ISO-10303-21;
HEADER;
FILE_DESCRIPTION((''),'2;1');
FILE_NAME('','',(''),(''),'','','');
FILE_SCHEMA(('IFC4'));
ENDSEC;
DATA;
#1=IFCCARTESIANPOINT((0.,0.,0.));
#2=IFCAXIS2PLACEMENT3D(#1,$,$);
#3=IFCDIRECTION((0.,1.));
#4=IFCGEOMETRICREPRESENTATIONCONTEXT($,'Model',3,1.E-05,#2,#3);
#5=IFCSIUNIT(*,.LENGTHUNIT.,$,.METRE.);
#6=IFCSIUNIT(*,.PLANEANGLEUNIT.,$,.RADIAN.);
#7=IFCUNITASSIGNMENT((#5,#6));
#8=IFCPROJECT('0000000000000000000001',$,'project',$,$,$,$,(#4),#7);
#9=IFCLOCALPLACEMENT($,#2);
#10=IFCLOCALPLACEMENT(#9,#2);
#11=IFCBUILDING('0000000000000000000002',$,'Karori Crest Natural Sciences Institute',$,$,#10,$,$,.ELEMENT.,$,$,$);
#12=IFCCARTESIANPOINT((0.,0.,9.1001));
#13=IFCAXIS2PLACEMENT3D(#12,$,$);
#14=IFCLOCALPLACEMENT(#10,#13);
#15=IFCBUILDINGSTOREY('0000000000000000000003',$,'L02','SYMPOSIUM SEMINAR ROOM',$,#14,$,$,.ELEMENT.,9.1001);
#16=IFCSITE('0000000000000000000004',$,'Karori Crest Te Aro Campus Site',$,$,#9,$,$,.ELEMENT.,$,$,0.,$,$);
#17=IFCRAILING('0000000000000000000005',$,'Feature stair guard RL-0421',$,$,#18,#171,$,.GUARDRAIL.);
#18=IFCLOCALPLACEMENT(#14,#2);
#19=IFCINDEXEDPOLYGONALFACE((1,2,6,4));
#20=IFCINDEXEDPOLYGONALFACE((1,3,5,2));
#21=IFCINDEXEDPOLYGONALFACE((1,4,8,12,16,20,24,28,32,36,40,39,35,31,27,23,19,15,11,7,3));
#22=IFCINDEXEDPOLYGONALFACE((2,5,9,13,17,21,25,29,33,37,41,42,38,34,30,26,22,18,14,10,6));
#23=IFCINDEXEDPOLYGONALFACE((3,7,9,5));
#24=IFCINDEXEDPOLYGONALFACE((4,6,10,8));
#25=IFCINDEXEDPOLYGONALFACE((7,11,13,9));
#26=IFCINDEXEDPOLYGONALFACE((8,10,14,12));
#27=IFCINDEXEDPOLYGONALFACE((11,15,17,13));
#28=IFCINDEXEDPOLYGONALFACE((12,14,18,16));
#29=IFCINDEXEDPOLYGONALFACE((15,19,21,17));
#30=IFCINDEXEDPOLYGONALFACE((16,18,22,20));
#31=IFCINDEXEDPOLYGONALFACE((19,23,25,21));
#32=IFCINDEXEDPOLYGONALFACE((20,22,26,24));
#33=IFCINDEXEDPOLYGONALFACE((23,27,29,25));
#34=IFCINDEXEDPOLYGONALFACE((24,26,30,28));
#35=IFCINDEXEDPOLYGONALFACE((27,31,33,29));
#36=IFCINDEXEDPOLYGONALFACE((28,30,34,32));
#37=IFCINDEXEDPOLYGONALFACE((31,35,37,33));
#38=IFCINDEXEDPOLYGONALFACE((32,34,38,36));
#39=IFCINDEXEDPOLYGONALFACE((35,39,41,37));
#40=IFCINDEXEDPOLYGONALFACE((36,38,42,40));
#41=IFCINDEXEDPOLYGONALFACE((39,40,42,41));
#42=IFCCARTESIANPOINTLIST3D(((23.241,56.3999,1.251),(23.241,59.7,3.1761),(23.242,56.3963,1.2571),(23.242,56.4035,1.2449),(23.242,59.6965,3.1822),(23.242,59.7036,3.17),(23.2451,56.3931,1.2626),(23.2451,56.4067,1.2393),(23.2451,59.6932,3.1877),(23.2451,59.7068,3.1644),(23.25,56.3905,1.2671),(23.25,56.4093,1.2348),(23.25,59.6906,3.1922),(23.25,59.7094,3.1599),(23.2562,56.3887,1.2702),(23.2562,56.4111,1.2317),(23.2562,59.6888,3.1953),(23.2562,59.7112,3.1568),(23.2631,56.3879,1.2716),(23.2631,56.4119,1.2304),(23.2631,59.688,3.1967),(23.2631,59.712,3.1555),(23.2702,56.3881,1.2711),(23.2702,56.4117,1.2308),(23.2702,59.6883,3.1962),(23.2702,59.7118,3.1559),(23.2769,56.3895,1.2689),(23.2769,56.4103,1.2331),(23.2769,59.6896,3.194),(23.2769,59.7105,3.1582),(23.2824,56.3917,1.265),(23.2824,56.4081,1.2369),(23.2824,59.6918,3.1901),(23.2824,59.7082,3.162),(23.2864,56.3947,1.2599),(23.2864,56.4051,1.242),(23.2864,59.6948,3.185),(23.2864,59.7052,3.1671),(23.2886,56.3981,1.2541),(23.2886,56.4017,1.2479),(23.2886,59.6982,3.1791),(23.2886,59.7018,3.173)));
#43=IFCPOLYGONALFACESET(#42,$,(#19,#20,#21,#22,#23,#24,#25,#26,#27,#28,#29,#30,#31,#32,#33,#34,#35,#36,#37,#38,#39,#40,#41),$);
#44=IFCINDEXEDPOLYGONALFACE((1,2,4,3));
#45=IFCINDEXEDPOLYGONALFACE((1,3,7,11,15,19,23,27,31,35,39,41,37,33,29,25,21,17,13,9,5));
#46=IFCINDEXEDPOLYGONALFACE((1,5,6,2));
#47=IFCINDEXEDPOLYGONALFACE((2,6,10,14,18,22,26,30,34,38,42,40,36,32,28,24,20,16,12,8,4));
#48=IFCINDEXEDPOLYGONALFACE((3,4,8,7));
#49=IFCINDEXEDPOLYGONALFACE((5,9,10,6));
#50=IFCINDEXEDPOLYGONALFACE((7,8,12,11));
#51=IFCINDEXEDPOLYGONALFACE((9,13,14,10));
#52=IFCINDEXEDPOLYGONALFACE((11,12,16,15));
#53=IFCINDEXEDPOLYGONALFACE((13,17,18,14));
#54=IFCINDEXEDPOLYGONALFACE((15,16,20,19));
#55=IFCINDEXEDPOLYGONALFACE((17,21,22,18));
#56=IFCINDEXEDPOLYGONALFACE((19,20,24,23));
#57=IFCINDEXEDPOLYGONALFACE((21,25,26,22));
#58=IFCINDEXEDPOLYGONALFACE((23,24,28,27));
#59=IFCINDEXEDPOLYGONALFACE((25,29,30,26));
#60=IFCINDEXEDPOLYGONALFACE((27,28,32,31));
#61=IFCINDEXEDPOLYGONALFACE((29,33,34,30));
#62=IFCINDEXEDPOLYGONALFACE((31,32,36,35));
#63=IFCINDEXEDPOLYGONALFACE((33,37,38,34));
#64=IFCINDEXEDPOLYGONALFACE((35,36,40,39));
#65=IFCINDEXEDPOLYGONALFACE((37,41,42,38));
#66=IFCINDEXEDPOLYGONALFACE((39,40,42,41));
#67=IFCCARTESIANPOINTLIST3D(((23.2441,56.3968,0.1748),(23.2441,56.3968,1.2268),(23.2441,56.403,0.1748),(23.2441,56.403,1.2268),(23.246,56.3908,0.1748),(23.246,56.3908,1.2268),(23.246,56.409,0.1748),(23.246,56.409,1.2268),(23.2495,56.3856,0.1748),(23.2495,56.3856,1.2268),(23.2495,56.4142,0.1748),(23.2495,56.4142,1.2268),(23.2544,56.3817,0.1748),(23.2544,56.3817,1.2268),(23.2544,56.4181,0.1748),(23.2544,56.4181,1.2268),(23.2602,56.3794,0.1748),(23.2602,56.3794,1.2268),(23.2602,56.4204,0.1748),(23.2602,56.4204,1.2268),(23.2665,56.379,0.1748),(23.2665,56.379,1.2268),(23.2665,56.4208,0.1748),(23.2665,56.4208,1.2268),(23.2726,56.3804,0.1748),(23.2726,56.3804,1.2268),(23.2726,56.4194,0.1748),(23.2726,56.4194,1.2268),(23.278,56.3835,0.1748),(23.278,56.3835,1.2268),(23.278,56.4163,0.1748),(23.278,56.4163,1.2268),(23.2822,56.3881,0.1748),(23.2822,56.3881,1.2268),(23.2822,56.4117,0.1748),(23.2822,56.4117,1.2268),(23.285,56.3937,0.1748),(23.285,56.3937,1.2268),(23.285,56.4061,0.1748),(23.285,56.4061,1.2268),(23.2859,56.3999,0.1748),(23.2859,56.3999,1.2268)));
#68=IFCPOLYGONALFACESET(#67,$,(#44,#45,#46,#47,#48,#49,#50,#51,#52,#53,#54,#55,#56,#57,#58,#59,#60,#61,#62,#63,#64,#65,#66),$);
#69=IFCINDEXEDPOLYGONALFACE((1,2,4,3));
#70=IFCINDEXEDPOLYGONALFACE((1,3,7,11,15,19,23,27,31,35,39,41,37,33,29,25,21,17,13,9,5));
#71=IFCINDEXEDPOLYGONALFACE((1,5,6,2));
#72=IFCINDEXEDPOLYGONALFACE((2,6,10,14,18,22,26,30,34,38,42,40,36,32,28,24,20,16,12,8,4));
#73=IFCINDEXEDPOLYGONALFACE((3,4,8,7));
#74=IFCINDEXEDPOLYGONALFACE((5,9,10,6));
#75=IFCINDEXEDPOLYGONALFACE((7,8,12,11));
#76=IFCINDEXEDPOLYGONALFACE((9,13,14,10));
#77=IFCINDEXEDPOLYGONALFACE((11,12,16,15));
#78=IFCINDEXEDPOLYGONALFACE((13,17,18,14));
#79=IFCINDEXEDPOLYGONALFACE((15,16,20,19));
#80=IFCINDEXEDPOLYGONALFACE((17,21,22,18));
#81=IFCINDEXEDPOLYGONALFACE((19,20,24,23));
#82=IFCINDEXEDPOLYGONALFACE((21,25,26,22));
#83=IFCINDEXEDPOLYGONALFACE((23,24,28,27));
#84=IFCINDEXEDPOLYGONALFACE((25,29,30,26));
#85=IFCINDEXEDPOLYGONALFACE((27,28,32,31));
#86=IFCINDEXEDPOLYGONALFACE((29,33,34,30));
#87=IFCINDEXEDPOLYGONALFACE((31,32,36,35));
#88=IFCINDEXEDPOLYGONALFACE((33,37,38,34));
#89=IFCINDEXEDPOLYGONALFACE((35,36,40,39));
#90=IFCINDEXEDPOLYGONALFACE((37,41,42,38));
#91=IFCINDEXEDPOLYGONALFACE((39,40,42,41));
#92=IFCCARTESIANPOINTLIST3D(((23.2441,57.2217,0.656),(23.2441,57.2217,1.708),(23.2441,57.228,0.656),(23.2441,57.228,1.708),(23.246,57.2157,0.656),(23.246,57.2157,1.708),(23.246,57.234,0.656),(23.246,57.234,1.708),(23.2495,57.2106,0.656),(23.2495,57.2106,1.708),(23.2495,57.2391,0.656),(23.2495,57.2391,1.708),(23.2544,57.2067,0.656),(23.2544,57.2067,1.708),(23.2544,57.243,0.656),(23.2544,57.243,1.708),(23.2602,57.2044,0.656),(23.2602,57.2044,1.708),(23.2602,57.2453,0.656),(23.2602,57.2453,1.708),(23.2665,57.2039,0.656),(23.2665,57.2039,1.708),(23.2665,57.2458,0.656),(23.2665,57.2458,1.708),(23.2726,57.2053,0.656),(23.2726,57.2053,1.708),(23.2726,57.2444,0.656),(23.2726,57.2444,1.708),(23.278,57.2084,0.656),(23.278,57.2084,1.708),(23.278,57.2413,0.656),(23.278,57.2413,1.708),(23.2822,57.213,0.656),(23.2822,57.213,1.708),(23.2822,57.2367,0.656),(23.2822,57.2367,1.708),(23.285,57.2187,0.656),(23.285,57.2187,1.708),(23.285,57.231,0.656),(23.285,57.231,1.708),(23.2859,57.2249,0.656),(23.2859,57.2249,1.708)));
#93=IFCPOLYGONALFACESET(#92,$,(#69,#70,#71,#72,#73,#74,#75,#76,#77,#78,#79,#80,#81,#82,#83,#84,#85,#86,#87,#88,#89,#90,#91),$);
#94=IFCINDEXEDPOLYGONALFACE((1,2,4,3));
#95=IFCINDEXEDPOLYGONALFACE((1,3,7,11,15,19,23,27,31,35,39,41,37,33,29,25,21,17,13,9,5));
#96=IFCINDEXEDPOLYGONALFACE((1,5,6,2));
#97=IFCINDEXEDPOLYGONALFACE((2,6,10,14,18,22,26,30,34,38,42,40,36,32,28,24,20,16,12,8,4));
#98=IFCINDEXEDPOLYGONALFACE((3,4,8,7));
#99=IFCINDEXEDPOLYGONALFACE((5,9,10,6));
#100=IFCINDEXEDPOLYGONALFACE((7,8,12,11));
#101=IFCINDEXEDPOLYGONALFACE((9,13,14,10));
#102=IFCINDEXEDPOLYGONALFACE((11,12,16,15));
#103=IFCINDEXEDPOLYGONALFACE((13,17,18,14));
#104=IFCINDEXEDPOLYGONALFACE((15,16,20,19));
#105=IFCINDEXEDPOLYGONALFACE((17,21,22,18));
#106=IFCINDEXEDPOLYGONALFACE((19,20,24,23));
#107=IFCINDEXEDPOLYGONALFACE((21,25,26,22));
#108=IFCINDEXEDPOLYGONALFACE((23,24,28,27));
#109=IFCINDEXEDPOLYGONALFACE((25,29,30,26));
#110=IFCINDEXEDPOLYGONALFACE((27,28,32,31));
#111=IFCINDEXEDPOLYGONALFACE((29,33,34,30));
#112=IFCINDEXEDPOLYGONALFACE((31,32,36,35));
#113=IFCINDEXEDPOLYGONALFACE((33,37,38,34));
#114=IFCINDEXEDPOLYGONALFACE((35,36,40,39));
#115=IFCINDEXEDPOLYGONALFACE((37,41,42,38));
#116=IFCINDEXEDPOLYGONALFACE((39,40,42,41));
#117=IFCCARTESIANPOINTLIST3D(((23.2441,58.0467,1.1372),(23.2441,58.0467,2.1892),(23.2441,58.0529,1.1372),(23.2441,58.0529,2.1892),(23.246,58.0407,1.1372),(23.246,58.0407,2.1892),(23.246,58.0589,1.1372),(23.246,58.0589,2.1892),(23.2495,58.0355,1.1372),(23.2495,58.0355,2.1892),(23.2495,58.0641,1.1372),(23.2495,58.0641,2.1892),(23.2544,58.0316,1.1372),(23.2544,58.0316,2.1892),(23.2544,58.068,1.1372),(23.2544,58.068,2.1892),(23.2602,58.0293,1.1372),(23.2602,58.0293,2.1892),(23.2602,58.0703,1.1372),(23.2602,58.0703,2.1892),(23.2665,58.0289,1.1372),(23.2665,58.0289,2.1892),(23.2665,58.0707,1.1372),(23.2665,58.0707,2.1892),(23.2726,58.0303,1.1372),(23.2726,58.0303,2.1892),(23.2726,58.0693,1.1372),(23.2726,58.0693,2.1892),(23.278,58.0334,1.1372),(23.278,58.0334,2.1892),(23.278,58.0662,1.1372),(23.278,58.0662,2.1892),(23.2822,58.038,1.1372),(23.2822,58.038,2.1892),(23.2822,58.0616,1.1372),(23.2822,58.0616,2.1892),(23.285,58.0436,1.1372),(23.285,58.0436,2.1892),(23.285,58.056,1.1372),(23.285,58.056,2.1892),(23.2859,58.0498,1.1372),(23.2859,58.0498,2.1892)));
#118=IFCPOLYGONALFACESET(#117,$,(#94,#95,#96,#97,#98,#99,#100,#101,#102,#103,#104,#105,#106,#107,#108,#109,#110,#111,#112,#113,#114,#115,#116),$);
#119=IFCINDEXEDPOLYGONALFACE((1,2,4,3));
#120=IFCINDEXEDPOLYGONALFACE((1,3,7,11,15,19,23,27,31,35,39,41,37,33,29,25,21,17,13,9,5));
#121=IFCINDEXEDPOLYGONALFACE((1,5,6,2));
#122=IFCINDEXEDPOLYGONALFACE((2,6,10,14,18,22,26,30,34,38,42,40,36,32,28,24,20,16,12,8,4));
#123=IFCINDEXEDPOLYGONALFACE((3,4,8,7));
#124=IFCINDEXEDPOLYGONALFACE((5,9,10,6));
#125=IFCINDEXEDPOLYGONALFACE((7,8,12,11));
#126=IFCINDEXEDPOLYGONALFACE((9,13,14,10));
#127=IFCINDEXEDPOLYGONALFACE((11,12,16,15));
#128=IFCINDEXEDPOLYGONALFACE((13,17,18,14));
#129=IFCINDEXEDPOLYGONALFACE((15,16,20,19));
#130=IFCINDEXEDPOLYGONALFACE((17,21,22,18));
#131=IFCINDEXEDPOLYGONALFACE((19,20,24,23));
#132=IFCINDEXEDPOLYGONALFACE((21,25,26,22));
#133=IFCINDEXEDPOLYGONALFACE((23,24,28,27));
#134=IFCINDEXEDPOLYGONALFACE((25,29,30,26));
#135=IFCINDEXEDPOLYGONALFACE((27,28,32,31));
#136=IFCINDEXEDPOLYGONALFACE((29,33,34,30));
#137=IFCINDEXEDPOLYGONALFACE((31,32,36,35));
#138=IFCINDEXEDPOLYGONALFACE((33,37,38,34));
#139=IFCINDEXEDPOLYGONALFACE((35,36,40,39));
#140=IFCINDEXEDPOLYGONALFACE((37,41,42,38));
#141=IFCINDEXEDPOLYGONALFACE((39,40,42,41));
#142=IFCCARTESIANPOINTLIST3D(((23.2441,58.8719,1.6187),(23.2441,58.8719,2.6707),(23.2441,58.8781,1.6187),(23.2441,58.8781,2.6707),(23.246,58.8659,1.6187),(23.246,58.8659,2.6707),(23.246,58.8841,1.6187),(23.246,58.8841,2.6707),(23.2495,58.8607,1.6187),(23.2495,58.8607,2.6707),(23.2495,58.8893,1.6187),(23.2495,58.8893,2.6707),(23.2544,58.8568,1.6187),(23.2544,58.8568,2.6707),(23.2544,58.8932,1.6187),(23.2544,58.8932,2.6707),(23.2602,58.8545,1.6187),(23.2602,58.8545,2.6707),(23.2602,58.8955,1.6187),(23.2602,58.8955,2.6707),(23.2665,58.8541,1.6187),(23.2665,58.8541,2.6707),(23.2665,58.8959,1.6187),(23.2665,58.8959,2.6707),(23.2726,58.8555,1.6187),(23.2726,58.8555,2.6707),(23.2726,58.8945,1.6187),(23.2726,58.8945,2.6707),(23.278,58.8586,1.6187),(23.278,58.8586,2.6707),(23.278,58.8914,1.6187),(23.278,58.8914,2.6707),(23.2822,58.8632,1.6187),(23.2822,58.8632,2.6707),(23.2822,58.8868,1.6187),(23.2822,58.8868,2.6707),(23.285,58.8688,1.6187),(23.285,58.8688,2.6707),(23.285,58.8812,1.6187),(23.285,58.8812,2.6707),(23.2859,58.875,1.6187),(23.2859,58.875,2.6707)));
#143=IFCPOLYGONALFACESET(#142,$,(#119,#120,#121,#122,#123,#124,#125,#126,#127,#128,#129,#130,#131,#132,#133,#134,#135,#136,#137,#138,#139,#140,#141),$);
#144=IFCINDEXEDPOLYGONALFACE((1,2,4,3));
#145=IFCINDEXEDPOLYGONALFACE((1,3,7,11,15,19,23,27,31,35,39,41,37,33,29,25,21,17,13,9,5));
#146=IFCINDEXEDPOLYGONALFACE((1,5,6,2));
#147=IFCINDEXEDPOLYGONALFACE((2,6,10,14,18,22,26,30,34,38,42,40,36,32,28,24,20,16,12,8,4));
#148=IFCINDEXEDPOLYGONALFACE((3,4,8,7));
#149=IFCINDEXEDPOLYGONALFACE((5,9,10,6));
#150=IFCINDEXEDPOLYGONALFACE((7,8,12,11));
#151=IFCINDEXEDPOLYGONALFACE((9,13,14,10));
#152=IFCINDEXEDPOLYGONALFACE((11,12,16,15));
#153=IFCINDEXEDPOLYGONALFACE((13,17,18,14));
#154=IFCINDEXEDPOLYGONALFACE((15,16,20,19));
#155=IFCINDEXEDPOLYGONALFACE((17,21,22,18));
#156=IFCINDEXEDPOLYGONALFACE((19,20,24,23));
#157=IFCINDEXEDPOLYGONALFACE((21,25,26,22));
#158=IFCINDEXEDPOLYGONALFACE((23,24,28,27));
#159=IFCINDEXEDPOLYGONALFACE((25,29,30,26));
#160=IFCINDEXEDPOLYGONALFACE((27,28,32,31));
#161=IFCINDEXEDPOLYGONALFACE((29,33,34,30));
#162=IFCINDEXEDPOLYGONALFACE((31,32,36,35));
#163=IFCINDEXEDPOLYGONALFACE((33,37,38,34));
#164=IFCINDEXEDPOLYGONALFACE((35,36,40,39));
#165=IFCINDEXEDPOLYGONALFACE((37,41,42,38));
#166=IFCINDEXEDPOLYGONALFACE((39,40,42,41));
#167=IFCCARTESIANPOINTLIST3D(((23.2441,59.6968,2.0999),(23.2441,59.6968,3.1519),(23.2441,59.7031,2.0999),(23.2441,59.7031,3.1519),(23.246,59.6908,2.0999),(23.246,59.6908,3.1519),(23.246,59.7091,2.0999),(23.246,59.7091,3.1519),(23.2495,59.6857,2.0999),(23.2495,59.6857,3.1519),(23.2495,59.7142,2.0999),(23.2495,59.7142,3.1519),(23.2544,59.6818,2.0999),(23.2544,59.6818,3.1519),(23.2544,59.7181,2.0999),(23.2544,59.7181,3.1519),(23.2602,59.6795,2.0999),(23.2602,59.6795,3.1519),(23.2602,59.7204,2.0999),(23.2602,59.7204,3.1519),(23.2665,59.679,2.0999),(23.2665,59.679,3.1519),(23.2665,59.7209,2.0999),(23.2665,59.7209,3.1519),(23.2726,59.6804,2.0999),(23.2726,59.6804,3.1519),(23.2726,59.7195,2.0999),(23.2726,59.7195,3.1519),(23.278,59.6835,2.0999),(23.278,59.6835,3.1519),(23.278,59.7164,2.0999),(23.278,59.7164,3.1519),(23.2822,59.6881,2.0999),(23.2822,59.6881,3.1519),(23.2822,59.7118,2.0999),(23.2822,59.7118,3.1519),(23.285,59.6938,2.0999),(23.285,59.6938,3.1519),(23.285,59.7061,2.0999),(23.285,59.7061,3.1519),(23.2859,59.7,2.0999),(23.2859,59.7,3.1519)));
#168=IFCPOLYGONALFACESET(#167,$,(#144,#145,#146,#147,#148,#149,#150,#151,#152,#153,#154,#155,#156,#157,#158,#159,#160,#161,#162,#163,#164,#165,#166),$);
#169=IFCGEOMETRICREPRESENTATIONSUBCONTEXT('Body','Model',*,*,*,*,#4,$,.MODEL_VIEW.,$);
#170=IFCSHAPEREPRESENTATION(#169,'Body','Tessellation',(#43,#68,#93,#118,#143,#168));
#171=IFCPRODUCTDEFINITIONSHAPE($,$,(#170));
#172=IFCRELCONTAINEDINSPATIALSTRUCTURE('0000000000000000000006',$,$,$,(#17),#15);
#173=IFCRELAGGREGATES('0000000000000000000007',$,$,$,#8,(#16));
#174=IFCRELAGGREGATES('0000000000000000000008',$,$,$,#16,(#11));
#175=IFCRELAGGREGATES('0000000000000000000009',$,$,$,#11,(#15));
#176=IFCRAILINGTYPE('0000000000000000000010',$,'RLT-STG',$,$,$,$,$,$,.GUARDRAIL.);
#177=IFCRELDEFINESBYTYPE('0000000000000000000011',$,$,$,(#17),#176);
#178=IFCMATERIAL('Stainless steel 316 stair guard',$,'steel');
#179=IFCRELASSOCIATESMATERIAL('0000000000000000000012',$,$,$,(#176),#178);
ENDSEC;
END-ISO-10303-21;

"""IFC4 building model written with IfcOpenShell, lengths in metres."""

from ifc_helpers import new_model, si_unit, direction, frame, origin, origin_2d, place, context, subcontext, project, spatial, circle, extrude, material, type_object, element, save


model = new_model("IFC4")

# Units and contexts
model_context = context("Model", 3, precision=1e-05, world=origin(), true_north=direction((0.0, 1.0)))
body_context = subcontext(model_context, "Body", "Model", "MODEL_VIEW")
ifc_project = project(units=[si_unit("LENGTHUNIT", "METRE"), si_unit("PLANEANGLEUNIT", "RADIAN")], contexts=[model_context])

# Site, building, storey
site_placement = place(None, origin())
site = spatial("IfcSite", under=ifc_project, at=site_placement, Name="Karori Crest Te Aro Campus Site", CompositionType="ELEMENT", RefElevation=0.0)
building_placement = place(site_placement, origin())
building = spatial("IfcBuilding", under=site, at=building_placement, Name="Karori Crest Natural Sciences Institute", CompositionType="ELEMENT")
storey_placement = place(building_placement, frame((0.0, 0.0, 9.1001)))
storey = spatial("IfcBuildingStorey", under=building, at=storey_placement, Name="L02", Description="SYMPOSIUM SEMINAR ROOM", CompositionType="ELEMENT", Elevation=9.1001)

# Railing
ifc_material_1 = material(Name="Stainless steel 316 stair guard", Category="steel")
railing_type = type_object("IfcRailingType", Name="RLT-STG", PredefinedType="GUARDRAIL", material=ifc_material_1)
railing_1_placement = place(storey_placement, frame((23.2649, 56.3999, 0.1748)))
element("IfcRailing", 1, at=railing_1_placement, inside=storey, type_object=railing_type, Name="Feature stair guard RL-0421", PredefinedType="GUARDRAIL", context=body_context, shape_type="SweptSolid", body=[
    extrude(circle(Radius=0.0239, at=origin_2d()), frame((0.0, 0.0, 1.0762), z_axis=(0.0, 0.863777, 0.503875), x_axis=(-1.0, 0.0, 0.0)), (0.0, 0.0, 1.0), 3.8206),
    extrude(circle(Radius=0.021, at=origin_2d()), origin(), (0.0, 0.0, 1.0), 1.052),
    extrude(circle(Radius=0.021, at=origin_2d()), frame((0.0, 0.825, 0.4812)), (0.0, 0.0, 1.0), 1.052),
    extrude(circle(Radius=0.021, at=origin_2d()), frame((0.0, 1.6499, 0.9624)), (0.0, 0.0, 1.0), 1.052),
    extrude(circle(Radius=0.021, at=origin_2d()), frame((0.0, 2.4751, 1.4438)), (0.0, 0.0, 1.0), 1.052),
    extrude(circle(Radius=0.021, at=origin_2d()), frame((0.0, 3.3, 1.925)), (0.0, 0.0, 1.0), 1.052),
])

save(model, "model.ifc")
